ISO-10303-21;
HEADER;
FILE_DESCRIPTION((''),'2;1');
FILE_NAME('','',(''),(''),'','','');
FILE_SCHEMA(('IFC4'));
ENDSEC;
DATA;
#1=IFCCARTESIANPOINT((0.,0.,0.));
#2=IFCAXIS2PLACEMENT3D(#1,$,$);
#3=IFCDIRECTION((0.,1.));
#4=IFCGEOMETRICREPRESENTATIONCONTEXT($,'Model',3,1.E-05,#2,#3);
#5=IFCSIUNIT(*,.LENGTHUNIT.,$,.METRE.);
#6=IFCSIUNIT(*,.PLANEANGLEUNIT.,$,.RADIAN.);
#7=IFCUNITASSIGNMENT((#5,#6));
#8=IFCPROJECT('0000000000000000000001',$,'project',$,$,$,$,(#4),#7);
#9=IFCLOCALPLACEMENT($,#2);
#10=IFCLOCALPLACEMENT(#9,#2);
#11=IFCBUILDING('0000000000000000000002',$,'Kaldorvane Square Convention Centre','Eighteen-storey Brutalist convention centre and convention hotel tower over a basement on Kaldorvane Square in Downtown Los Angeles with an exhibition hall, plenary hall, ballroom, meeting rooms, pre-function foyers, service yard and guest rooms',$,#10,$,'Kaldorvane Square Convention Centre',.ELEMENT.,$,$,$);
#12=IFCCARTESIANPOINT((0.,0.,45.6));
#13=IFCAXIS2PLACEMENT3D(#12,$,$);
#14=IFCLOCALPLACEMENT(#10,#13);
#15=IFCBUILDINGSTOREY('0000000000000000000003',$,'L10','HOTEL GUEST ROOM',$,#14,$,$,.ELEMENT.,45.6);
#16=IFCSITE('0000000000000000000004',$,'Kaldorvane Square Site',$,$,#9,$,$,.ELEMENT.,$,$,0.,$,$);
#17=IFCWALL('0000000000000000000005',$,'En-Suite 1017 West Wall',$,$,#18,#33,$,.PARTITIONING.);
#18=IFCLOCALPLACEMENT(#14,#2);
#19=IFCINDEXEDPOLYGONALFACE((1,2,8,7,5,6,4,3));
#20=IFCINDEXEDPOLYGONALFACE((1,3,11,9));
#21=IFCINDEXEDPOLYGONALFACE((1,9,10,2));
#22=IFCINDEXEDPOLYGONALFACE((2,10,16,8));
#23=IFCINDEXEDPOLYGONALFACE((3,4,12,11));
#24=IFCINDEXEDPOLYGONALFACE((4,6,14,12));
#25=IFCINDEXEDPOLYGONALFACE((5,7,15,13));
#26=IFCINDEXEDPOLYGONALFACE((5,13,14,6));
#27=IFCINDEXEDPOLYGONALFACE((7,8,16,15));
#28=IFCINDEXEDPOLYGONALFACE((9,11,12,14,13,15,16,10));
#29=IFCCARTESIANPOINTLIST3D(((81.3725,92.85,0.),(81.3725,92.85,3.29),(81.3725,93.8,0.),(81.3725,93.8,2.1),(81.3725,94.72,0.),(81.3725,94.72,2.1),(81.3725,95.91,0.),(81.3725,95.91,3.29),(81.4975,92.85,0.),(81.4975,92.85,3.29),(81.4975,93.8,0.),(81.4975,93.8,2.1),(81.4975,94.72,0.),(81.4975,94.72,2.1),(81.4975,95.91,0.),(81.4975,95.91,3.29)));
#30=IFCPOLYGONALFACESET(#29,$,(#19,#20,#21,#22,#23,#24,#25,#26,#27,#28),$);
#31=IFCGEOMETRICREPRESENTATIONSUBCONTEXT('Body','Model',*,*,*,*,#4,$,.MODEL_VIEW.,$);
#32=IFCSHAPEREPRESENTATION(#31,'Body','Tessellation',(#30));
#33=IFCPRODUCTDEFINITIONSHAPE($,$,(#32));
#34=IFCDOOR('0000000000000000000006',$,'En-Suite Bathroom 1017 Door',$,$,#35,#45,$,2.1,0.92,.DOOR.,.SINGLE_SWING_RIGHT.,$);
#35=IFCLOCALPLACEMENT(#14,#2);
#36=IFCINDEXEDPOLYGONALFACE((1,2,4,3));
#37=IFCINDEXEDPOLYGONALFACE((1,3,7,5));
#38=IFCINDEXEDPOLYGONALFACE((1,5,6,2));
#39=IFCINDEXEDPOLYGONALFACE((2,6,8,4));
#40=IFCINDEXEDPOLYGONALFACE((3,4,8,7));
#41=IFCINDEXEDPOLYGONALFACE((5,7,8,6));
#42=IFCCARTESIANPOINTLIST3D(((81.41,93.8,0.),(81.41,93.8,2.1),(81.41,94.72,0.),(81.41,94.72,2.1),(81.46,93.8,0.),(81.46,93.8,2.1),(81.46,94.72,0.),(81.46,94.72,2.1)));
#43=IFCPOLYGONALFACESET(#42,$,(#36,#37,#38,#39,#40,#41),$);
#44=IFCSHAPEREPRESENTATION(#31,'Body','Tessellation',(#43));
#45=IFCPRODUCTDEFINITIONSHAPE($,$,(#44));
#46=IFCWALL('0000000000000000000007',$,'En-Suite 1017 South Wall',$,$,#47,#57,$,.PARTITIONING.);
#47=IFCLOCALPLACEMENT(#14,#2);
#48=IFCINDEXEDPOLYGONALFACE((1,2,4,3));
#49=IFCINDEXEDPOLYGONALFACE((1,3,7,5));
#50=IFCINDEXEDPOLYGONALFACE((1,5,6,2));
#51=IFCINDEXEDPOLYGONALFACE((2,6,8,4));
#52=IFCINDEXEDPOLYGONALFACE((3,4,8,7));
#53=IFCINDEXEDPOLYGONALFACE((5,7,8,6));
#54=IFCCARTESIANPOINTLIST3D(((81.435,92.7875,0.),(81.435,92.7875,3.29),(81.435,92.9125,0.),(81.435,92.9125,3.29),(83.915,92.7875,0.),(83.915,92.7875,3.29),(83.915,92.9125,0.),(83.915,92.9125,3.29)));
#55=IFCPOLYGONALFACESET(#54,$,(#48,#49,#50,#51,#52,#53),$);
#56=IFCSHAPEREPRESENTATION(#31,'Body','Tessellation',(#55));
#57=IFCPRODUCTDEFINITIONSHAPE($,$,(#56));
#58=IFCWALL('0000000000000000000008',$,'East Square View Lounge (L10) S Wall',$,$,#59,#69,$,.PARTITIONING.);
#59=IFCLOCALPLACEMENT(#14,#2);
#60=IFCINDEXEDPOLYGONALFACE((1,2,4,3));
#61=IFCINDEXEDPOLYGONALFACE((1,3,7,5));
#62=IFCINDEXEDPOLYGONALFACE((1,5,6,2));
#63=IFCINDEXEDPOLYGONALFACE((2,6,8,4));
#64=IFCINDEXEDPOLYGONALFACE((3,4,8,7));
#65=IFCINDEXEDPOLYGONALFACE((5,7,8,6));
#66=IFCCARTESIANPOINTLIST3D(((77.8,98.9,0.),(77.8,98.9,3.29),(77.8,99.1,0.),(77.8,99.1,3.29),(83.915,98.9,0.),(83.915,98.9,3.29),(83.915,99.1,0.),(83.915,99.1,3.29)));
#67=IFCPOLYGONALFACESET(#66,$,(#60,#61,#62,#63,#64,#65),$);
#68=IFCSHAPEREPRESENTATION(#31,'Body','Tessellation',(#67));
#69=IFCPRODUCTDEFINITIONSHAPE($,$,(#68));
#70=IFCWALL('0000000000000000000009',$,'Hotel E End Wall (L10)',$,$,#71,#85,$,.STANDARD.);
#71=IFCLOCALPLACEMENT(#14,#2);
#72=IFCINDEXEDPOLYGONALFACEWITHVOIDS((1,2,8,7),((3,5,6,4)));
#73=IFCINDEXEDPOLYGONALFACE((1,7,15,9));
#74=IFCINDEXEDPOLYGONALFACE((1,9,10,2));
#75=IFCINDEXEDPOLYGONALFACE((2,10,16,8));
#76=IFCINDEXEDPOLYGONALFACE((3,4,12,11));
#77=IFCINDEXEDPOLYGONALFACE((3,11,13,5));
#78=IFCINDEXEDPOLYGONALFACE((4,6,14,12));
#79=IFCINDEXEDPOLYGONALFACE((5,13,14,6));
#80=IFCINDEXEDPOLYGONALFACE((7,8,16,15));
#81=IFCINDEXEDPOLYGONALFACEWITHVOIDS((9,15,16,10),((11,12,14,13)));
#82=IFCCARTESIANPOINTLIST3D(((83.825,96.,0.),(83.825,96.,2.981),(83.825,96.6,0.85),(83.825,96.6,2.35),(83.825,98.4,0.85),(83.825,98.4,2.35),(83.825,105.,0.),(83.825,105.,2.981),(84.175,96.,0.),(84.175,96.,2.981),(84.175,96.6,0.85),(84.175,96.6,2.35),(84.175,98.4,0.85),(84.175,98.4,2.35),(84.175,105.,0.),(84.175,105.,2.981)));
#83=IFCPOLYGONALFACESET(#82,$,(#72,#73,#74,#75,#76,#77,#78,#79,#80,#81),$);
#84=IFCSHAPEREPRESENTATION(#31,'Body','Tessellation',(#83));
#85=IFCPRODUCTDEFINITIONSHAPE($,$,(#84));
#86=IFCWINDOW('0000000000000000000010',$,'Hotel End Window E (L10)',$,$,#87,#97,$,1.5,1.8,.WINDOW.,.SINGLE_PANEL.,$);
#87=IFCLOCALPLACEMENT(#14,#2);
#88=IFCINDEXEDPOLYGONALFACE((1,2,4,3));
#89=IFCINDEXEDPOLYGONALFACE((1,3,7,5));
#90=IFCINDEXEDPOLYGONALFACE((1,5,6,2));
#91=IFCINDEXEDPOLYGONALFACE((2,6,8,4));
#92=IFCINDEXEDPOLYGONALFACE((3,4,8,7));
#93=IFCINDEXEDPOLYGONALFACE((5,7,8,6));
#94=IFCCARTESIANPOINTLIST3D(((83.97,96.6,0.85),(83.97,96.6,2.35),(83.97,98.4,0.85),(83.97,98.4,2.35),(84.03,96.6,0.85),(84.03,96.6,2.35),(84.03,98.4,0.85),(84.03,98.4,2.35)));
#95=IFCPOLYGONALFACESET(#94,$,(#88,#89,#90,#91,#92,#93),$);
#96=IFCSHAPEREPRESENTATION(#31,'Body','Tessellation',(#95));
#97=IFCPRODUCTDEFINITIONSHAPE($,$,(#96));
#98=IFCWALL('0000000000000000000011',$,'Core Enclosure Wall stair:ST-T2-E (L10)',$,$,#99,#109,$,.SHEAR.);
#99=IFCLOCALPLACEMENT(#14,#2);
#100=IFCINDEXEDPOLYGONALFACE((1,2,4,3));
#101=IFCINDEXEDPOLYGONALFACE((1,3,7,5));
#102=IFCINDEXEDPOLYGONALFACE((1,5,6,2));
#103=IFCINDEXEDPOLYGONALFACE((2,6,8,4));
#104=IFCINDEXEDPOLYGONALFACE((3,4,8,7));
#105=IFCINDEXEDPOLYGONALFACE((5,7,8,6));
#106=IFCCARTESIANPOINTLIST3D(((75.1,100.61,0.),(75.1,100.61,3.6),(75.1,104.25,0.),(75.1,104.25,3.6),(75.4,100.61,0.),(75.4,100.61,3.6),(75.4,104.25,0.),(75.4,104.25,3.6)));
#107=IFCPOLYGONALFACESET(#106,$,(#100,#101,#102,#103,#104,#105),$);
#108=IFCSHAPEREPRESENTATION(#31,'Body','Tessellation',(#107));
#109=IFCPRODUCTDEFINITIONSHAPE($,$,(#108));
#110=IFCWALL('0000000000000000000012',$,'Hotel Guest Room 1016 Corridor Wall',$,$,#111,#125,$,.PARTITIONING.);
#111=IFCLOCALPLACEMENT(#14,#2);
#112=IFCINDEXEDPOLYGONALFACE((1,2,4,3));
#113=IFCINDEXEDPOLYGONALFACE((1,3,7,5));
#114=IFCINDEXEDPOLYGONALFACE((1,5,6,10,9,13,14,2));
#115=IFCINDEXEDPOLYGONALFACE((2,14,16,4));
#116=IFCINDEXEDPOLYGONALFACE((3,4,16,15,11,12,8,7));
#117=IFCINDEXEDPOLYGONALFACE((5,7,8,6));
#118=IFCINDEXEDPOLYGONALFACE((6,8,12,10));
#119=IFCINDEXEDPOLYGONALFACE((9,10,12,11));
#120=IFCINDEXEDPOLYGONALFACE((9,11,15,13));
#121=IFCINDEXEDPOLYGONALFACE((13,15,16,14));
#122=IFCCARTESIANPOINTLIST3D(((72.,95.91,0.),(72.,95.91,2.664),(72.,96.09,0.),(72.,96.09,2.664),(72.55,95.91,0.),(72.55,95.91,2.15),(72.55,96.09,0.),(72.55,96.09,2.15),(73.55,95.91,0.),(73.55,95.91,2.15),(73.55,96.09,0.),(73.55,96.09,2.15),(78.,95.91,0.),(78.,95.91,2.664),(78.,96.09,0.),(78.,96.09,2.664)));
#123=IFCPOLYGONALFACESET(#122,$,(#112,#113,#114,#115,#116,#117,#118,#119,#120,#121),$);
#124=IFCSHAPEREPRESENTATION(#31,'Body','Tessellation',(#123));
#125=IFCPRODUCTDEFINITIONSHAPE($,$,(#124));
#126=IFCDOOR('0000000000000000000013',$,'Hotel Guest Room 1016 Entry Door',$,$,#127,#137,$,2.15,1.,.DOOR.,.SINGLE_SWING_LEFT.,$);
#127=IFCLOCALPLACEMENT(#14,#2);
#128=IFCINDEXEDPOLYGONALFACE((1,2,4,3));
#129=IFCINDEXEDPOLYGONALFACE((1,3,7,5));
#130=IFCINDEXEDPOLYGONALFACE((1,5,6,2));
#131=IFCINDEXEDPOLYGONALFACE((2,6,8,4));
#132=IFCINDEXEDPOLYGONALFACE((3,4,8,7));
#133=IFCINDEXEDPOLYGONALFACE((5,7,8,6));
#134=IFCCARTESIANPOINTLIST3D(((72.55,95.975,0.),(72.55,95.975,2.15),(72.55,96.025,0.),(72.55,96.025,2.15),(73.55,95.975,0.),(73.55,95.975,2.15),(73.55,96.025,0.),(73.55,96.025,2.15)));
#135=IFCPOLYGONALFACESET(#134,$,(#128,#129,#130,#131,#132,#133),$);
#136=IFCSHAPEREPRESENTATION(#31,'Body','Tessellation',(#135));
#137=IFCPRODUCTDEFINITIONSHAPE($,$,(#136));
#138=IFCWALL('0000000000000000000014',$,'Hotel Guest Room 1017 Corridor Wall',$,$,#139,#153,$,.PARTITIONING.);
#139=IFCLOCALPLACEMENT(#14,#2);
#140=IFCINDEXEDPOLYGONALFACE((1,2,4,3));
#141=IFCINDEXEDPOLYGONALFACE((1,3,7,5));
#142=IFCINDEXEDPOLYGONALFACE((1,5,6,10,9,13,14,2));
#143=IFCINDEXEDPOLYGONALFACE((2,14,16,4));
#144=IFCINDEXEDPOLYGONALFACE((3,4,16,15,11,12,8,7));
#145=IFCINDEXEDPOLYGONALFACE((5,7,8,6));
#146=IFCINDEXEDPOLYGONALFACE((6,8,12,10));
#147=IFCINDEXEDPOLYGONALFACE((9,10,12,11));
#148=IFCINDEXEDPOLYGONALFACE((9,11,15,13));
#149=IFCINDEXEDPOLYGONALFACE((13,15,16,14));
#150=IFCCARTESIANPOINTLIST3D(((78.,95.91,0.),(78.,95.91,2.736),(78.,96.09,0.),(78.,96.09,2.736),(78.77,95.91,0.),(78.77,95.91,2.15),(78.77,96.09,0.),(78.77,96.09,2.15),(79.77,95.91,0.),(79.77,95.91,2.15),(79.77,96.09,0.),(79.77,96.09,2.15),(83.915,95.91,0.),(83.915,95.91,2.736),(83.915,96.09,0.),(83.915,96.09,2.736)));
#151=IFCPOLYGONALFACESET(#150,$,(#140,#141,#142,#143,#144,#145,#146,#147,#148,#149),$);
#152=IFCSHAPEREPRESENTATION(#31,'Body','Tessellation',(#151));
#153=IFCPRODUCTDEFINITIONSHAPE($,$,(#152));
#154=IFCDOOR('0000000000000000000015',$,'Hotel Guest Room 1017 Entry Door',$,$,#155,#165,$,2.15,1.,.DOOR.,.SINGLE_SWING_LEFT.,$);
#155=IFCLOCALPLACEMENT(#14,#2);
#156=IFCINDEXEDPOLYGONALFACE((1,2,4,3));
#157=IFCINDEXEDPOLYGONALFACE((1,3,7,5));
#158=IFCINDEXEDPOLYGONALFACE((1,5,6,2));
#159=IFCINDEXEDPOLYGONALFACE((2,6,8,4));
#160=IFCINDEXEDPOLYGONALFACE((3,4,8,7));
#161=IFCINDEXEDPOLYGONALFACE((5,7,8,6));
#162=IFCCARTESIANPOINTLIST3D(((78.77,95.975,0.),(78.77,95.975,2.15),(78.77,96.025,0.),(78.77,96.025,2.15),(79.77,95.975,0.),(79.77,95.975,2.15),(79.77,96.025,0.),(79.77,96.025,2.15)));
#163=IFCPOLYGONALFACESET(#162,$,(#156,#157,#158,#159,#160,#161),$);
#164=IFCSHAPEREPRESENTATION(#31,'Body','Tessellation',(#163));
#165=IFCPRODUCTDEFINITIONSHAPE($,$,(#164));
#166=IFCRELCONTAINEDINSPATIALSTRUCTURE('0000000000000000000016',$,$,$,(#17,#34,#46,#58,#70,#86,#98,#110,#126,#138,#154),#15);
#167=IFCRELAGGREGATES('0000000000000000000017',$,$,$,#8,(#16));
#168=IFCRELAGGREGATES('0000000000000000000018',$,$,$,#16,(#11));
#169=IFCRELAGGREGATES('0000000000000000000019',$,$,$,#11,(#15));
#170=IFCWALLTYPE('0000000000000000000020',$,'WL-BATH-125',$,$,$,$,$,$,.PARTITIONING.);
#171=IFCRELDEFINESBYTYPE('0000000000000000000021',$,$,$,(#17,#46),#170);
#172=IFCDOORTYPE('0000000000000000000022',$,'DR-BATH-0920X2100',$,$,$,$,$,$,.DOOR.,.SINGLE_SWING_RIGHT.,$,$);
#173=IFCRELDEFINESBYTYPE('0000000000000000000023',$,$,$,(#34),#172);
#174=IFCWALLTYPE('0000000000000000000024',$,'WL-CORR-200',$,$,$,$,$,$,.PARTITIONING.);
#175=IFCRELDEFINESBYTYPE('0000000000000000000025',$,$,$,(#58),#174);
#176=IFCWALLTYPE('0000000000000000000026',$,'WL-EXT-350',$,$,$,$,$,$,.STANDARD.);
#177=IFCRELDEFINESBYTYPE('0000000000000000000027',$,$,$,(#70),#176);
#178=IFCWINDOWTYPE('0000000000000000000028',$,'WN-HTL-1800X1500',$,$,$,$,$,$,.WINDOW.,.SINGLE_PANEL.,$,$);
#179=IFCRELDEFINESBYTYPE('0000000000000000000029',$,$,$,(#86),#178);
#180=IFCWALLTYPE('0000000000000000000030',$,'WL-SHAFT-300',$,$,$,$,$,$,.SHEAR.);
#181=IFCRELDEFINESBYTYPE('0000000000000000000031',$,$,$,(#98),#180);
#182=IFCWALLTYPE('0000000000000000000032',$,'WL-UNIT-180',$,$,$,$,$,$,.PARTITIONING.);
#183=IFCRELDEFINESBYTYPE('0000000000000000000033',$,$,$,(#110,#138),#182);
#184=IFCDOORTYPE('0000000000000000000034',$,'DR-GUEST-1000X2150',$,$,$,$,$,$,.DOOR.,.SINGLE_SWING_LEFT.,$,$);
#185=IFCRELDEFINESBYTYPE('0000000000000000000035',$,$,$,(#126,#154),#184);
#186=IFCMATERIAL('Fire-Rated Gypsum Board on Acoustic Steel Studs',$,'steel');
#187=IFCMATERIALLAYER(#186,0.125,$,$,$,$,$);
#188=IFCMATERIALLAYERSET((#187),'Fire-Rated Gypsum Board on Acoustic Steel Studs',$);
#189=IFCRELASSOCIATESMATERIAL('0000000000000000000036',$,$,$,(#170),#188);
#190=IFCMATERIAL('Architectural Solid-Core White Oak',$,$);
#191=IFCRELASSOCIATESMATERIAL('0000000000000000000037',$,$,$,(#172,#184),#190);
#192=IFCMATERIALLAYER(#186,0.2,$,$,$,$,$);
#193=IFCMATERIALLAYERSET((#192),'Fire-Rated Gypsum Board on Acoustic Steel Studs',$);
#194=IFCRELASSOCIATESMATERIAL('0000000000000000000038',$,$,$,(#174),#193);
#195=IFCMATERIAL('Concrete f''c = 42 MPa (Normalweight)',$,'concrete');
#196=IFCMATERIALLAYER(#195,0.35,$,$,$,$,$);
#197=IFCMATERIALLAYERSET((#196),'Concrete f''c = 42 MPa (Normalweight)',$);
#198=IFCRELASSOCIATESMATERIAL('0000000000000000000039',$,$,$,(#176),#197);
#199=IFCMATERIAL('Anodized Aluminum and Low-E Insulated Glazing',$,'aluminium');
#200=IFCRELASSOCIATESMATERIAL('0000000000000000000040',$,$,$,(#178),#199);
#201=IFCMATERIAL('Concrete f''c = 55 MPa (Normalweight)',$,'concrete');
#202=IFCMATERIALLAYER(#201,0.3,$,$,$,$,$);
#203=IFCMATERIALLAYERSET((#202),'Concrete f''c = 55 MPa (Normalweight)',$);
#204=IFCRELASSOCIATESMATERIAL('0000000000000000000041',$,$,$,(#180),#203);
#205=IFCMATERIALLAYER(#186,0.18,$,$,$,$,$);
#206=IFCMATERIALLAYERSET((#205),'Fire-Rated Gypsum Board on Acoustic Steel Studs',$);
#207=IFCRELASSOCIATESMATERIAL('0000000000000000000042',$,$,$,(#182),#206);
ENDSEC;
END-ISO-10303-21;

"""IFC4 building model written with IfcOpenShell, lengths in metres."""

from ifc_helpers import new_model, si_unit, direction, frame, frame_2d, origin, place, context, subcontext, project, spatial, rectangle, extrude, material, layer, layer_set, type_object, element, fill, save


model = new_model("IFC4")

# Units and contexts
model_context = context("Model", 3, precision=1e-05, world=origin(), true_north=direction((0.0, 1.0)))
body_context = subcontext(model_context, "Body", "Model", "MODEL_VIEW")
ifc_project = project(units=[si_unit("LENGTHUNIT", "METRE"), si_unit("PLANEANGLEUNIT", "RADIAN")], contexts=[model_context])

# Site, building, storey
site_placement = place(None, origin())
site = spatial("IfcSite", under=ifc_project, at=site_placement, Name="Kaldorvane Square Site", CompositionType="ELEMENT", RefElevation=0.0)
building_placement = place(site_placement, origin())
building = spatial("IfcBuilding", under=site, at=building_placement, Name="Kaldorvane Square Convention Centre", Description="Eighteen-storey Brutalist convention centre and convention hotel tower over a basement on Kaldorvane Square in Downtown Los Angeles with an exhibition hall, plenary hall, ballroom, meeting rooms, pre-function foyers, service yard and guest rooms", LongName="Kaldorvane Square Convention Centre", CompositionType="ELEMENT")
storey_placement = place(building_placement, frame((0.0, 0.0, 45.6)))
storey = spatial("IfcBuildingStorey", under=building, at=storey_placement, Name="L10", Description="HOTEL GUEST ROOM", CompositionType="ELEMENT", Elevation=45.6)

# Shared definitions
ifc_material_1 = material(Name="Anodized Aluminum and Low-E Insulated Glazing", Category="aluminium")

# Shared definitions
ifc_material_2 = material(Name="Fire-Rated Gypsum Board on Acoustic Steel Studs", Category="steel")
ifc_layer_1 = layer(ifc_material_2, 0.125)
ifc_layer_set_1 = layer_set([ifc_layer_1], Name="Fire-Rated Gypsum Board on Acoustic Steel Studs")
wall_type_1 = type_object("IfcWallType", Name="WL-BATH-125", PredefinedType="PARTITIONING", material=ifc_layer_set_1)
ifc_material_3 = material(Name="Architectural Solid-Core White Oak")
door_type_1 = type_object("IfcDoorType", Name="DR-BATH-0920X2100", OperationType="SINGLE_SWING_RIGHT", PredefinedType="DOOR", material=ifc_material_3)

# Wall, opening, door
wall_1_placement = place(storey_placement, frame((81.435, 92.85, 0.0), z_axis=(0.0, 0.0, 1.0), x_axis=(0.0, 1.0, 0.0)))
wall_1 = element("IfcWall", 1, at=wall_1_placement, inside=storey, type_object=wall_type_1, Name="En-Suite 1017 West Wall", PredefinedType="PARTITIONING", context=body_context, shape_type="SweptSolid", body=[
    extrude(rectangle(XDim=3.06, YDim=0.125, at=frame_2d((1.53, 0.0))), origin(), (0.0, 0.0, 1.0), 3.29),
])
opening_1_placement = place(wall_1_placement, frame((0.95, 0.0, 0.0)))
opening_1 = element("IfcOpeningElement", 2, at=opening_1_placement, cuts=wall_1, PredefinedType="OPENING", context=body_context, shape_type="SweptSolid", body=[
    extrude(rectangle(XDim=0.92, YDim=2.1, at=frame_2d((0.46, 1.05))), frame((0.0, 0.0775, 0.0), z_axis=(0.0, -1.0, 0.0), x_axis=(1.0, 0.0, 0.0)), (0.0, 0.0, 1.0), 0.155),
])
door_1_placement = place(opening_1_placement, origin())
door_1 = element("IfcDoor", 3, at=door_1_placement, inside=storey, type_object=door_type_1, Name="En-Suite Bathroom 1017 Door", OperationType="SINGLE_SWING_RIGHT", OverallHeight=2.1, OverallWidth=0.92, PredefinedType="DOOR", context=body_context, shape_type="SweptSolid", body=[
    extrude(rectangle(XDim=0.92, YDim=2.1, at=frame_2d((0.46, 1.05))), frame((0.0, 0.025, 0.0), z_axis=(0.0, -1.0, 0.0), x_axis=(1.0, 0.0, 0.0)), (0.0, 0.0, 1.0), 0.05),
])
fill(opening_1, door_1)

# Walls
wall_2_placement = place(storey_placement, frame((81.435, 92.85, 0.0), z_axis=(0.0, 0.0, 1.0), x_axis=(1.0, 0.0, 0.0)))
element("IfcWall", 4, at=wall_2_placement, inside=storey, type_object=wall_type_1, Name="En-Suite 1017 South Wall", PredefinedType="PARTITIONING", context=body_context, shape_type="SweptSolid", body=[
    extrude(rectangle(XDim=2.48, YDim=0.125, at=frame_2d((1.24, 0.0))), origin(), (0.0, 0.0, 1.0), 3.29),
])
ifc_layer_2 = layer(ifc_material_2, 0.2)
ifc_layer_set_2 = layer_set([ifc_layer_2], Name="Fire-Rated Gypsum Board on Acoustic Steel Studs")
wall_type_2 = type_object("IfcWallType", Name="WL-CORR-200", PredefinedType="PARTITIONING", material=ifc_layer_set_2)
wall_3_placement = place(storey_placement, frame((77.8, 99.0, 0.0), z_axis=(0.0, 0.0, 1.0), x_axis=(1.0, 0.0, 0.0)))
element("IfcWall", 5, at=wall_3_placement, inside=storey, type_object=wall_type_2, Name="East Square View Lounge (L10) S Wall", PredefinedType="PARTITIONING", context=body_context, shape_type="SweptSolid", body=[
    extrude(rectangle(XDim=6.115, YDim=0.2, at=frame_2d((3.0575, 0.0))), origin(), (0.0, 0.0, 1.0), 3.29),
])

# Wall, opening, window
ifc_material_4 = material(Name="Concrete f'c = 42 MPa (Normalweight)", Category="concrete")
ifc_layer_3 = layer(ifc_material_4, 0.35)
ifc_layer_set_3 = layer_set([ifc_layer_3], Name="Concrete f'c = 42 MPa (Normalweight)")
wall_type_3 = type_object("IfcWallType", Name="WL-EXT-350", PredefinedType="STANDARD", material=ifc_layer_set_3)
wall_4_placement = place(storey_placement, frame((84.0, 96.0, 0.0), z_axis=(0.0, 0.0, 1.0), x_axis=(0.0, 1.0, 0.0)))
wall_4 = element("IfcWall", 6, at=wall_4_placement, inside=storey, type_object=wall_type_3, Name="Hotel E End Wall (L10)", PredefinedType="STANDARD", context=body_context, shape_type="SweptSolid", body=[
    extrude(rectangle(XDim=9.0, YDim=0.35, at=frame_2d((4.5, 0.0))), origin(), (0.0, 0.0, 1.0), 2.981),
])
opening_2_placement = place(wall_4_placement, frame((0.6, 0.0, 0.85)))
opening_2 = element("IfcOpeningElement", 7, at=opening_2_placement, cuts=wall_4, PredefinedType="OPENING", context=body_context, shape_type="SweptSolid", body=[
    extrude(rectangle(XDim=1.8, YDim=1.5, at=frame_2d((0.9, 0.75))), frame((0.0, 0.19, 0.0), z_axis=(0.0, -1.0, 0.0), x_axis=(1.0, 0.0, 0.0)), (0.0, 0.0, 1.0), 0.38),
])
window_type = type_object("IfcWindowType", Name="WN-HTL-1800X1500", PartitioningType="SINGLE_PANEL", PredefinedType="WINDOW", material=ifc_material_1)
window_placement = place(opening_2_placement, origin())
window = element("IfcWindow", 8, at=window_placement, inside=storey, type_object=window_type, Name="Hotel End Window E (L10)", OverallHeight=1.5, OverallWidth=1.8, PartitioningType="SINGLE_PANEL", PredefinedType="WINDOW", context=body_context, shape_type="SweptSolid", body=[
    extrude(rectangle(XDim=1.8, YDim=1.5, at=frame_2d((0.9, 0.75))), frame((0.0, 0.03, 0.0), z_axis=(0.0, -1.0, 0.0), x_axis=(1.0, 0.0, 0.0)), (0.0, 0.0, 1.0), 0.06),
])
fill(opening_2, window)

# Wall
ifc_material_5 = material(Name="Concrete f'c = 55 MPa (Normalweight)", Category="concrete")
ifc_layer_4 = layer(ifc_material_5, 0.3)
ifc_layer_set_4 = layer_set([ifc_layer_4], Name="Concrete f'c = 55 MPa (Normalweight)")
wall_type_4 = type_object("IfcWallType", Name="WL-SHAFT-300", PredefinedType="SHEAR", material=ifc_layer_set_4)
wall_5_placement = place(storey_placement, frame((75.25, 100.61, 0.0), z_axis=(0.0, 0.0, 1.0), x_axis=(0.0, 1.0, 0.0)))
element("IfcWall", 9, at=wall_5_placement, inside=storey, type_object=wall_type_4, Name="Core Enclosure Wall stair:ST-T2-E (L10)", PredefinedType="SHEAR", context=body_context, shape_type="SweptSolid", body=[
    extrude(rectangle(XDim=3.64, YDim=0.3, at=frame_2d((1.82, 0.0))), origin(), (0.0, 0.0, 1.0), 3.6),
])

# Walls, openings, doors
ifc_layer_5 = layer(ifc_material_2, 0.18)
ifc_layer_set_5 = layer_set([ifc_layer_5], Name="Fire-Rated Gypsum Board on Acoustic Steel Studs")
wall_type_5 = type_object("IfcWallType", Name="WL-UNIT-180", PredefinedType="PARTITIONING", material=ifc_layer_set_5)
wall_6_placement = place(storey_placement, frame((72.0, 96.0, 0.0), z_axis=(0.0, 0.0, 1.0), x_axis=(1.0, 0.0, 0.0)))
wall_6 = element("IfcWall", 10, at=wall_6_placement, inside=storey, type_object=wall_type_5, Name="Hotel Guest Room 1016 Corridor Wall", PredefinedType="PARTITIONING", context=body_context, shape_type="SweptSolid", body=[
    extrude(rectangle(XDim=6.0, YDim=0.18, at=frame_2d((3.0, 0.0))), origin(), (0.0, 0.0, 1.0), 2.664),
])
opening_3_placement = place(wall_6_placement, frame((0.55, 0.0, 0.0)))
opening_3 = element("IfcOpeningElement", 11, at=opening_3_placement, cuts=wall_6, PredefinedType="OPENING", context=body_context, shape_type="SweptSolid", body=[
    extrude(rectangle(XDim=1.0, YDim=2.15, at=frame_2d((0.5, 1.075))), frame((0.0, 0.105, 0.0), z_axis=(0.0, -1.0, 0.0), x_axis=(1.0, 0.0, 0.0)), (0.0, 0.0, 1.0), 0.21),
])
door_type_2 = type_object("IfcDoorType", Name="DR-GUEST-1000X2150", OperationType="SINGLE_SWING_LEFT", PredefinedType="DOOR", material=ifc_material_3)
door_2_placement = place(opening_3_placement, origin())
door_2 = element("IfcDoor", 12, at=door_2_placement, inside=storey, type_object=door_type_2, Name="Hotel Guest Room 1016 Entry Door", OperationType="SINGLE_SWING_LEFT", OverallHeight=2.15, OverallWidth=1.0, PredefinedType="DOOR", context=body_context, shape_type="SweptSolid", body=[
    extrude(rectangle(XDim=1.0, YDim=2.15, at=frame_2d((0.5, 1.075))), frame((0.0, 0.025, 0.0), z_axis=(0.0, -1.0, 0.0), x_axis=(1.0, 0.0, 0.0)), (0.0, 0.0, 1.0), 0.05),
])
fill(opening_3, door_2)
wall_7_placement = place(storey_placement, frame((78.0, 96.0, 0.0), z_axis=(0.0, 0.0, 1.0), x_axis=(1.0, 0.0, 0.0)))
wall_7 = element("IfcWall", 13, at=wall_7_placement, inside=storey, type_object=wall_type_5, Name="Hotel Guest Room 1017 Corridor Wall", PredefinedType="PARTITIONING", context=body_context, shape_type="SweptSolid", body=[
    extrude(rectangle(XDim=5.915, YDim=0.18, at=frame_2d((2.9575, 0.0))), origin(), (0.0, 0.0, 1.0), 2.736),
])
opening_4_placement = place(wall_7_placement, frame((0.77, 0.0, 0.0)))
opening_4 = element("IfcOpeningElement", 14, at=opening_4_placement, cuts=wall_7, PredefinedType="OPENING", context=body_context, shape_type="SweptSolid", body=[
    extrude(rectangle(XDim=1.0, YDim=2.15, at=frame_2d((0.5, 1.075))), frame((0.0, 0.105, 0.0), z_axis=(0.0, -1.0, 0.0), x_axis=(1.0, 0.0, 0.0)), (0.0, 0.0, 1.0), 0.21),
])
door_3_placement = place(opening_4_placement, origin())
door_3 = element("IfcDoor", 15, at=door_3_placement, inside=storey, type_object=door_type_2, Name="Hotel Guest Room 1017 Entry Door", OperationType="SINGLE_SWING_LEFT", OverallHeight=2.15, OverallWidth=1.0, PredefinedType="DOOR", context=body_context, shape_type="SweptSolid", body=[
    extrude(rectangle(XDim=1.0, YDim=2.15, at=frame_2d((0.5, 1.075))), frame((0.0, 0.025, 0.0), z_axis=(0.0, -1.0, 0.0), x_axis=(1.0, 0.0, 0.0)), (0.0, 0.0, 1.0), 0.05),
])
fill(opening_4, door_3)

save(model, "model.ifc")
